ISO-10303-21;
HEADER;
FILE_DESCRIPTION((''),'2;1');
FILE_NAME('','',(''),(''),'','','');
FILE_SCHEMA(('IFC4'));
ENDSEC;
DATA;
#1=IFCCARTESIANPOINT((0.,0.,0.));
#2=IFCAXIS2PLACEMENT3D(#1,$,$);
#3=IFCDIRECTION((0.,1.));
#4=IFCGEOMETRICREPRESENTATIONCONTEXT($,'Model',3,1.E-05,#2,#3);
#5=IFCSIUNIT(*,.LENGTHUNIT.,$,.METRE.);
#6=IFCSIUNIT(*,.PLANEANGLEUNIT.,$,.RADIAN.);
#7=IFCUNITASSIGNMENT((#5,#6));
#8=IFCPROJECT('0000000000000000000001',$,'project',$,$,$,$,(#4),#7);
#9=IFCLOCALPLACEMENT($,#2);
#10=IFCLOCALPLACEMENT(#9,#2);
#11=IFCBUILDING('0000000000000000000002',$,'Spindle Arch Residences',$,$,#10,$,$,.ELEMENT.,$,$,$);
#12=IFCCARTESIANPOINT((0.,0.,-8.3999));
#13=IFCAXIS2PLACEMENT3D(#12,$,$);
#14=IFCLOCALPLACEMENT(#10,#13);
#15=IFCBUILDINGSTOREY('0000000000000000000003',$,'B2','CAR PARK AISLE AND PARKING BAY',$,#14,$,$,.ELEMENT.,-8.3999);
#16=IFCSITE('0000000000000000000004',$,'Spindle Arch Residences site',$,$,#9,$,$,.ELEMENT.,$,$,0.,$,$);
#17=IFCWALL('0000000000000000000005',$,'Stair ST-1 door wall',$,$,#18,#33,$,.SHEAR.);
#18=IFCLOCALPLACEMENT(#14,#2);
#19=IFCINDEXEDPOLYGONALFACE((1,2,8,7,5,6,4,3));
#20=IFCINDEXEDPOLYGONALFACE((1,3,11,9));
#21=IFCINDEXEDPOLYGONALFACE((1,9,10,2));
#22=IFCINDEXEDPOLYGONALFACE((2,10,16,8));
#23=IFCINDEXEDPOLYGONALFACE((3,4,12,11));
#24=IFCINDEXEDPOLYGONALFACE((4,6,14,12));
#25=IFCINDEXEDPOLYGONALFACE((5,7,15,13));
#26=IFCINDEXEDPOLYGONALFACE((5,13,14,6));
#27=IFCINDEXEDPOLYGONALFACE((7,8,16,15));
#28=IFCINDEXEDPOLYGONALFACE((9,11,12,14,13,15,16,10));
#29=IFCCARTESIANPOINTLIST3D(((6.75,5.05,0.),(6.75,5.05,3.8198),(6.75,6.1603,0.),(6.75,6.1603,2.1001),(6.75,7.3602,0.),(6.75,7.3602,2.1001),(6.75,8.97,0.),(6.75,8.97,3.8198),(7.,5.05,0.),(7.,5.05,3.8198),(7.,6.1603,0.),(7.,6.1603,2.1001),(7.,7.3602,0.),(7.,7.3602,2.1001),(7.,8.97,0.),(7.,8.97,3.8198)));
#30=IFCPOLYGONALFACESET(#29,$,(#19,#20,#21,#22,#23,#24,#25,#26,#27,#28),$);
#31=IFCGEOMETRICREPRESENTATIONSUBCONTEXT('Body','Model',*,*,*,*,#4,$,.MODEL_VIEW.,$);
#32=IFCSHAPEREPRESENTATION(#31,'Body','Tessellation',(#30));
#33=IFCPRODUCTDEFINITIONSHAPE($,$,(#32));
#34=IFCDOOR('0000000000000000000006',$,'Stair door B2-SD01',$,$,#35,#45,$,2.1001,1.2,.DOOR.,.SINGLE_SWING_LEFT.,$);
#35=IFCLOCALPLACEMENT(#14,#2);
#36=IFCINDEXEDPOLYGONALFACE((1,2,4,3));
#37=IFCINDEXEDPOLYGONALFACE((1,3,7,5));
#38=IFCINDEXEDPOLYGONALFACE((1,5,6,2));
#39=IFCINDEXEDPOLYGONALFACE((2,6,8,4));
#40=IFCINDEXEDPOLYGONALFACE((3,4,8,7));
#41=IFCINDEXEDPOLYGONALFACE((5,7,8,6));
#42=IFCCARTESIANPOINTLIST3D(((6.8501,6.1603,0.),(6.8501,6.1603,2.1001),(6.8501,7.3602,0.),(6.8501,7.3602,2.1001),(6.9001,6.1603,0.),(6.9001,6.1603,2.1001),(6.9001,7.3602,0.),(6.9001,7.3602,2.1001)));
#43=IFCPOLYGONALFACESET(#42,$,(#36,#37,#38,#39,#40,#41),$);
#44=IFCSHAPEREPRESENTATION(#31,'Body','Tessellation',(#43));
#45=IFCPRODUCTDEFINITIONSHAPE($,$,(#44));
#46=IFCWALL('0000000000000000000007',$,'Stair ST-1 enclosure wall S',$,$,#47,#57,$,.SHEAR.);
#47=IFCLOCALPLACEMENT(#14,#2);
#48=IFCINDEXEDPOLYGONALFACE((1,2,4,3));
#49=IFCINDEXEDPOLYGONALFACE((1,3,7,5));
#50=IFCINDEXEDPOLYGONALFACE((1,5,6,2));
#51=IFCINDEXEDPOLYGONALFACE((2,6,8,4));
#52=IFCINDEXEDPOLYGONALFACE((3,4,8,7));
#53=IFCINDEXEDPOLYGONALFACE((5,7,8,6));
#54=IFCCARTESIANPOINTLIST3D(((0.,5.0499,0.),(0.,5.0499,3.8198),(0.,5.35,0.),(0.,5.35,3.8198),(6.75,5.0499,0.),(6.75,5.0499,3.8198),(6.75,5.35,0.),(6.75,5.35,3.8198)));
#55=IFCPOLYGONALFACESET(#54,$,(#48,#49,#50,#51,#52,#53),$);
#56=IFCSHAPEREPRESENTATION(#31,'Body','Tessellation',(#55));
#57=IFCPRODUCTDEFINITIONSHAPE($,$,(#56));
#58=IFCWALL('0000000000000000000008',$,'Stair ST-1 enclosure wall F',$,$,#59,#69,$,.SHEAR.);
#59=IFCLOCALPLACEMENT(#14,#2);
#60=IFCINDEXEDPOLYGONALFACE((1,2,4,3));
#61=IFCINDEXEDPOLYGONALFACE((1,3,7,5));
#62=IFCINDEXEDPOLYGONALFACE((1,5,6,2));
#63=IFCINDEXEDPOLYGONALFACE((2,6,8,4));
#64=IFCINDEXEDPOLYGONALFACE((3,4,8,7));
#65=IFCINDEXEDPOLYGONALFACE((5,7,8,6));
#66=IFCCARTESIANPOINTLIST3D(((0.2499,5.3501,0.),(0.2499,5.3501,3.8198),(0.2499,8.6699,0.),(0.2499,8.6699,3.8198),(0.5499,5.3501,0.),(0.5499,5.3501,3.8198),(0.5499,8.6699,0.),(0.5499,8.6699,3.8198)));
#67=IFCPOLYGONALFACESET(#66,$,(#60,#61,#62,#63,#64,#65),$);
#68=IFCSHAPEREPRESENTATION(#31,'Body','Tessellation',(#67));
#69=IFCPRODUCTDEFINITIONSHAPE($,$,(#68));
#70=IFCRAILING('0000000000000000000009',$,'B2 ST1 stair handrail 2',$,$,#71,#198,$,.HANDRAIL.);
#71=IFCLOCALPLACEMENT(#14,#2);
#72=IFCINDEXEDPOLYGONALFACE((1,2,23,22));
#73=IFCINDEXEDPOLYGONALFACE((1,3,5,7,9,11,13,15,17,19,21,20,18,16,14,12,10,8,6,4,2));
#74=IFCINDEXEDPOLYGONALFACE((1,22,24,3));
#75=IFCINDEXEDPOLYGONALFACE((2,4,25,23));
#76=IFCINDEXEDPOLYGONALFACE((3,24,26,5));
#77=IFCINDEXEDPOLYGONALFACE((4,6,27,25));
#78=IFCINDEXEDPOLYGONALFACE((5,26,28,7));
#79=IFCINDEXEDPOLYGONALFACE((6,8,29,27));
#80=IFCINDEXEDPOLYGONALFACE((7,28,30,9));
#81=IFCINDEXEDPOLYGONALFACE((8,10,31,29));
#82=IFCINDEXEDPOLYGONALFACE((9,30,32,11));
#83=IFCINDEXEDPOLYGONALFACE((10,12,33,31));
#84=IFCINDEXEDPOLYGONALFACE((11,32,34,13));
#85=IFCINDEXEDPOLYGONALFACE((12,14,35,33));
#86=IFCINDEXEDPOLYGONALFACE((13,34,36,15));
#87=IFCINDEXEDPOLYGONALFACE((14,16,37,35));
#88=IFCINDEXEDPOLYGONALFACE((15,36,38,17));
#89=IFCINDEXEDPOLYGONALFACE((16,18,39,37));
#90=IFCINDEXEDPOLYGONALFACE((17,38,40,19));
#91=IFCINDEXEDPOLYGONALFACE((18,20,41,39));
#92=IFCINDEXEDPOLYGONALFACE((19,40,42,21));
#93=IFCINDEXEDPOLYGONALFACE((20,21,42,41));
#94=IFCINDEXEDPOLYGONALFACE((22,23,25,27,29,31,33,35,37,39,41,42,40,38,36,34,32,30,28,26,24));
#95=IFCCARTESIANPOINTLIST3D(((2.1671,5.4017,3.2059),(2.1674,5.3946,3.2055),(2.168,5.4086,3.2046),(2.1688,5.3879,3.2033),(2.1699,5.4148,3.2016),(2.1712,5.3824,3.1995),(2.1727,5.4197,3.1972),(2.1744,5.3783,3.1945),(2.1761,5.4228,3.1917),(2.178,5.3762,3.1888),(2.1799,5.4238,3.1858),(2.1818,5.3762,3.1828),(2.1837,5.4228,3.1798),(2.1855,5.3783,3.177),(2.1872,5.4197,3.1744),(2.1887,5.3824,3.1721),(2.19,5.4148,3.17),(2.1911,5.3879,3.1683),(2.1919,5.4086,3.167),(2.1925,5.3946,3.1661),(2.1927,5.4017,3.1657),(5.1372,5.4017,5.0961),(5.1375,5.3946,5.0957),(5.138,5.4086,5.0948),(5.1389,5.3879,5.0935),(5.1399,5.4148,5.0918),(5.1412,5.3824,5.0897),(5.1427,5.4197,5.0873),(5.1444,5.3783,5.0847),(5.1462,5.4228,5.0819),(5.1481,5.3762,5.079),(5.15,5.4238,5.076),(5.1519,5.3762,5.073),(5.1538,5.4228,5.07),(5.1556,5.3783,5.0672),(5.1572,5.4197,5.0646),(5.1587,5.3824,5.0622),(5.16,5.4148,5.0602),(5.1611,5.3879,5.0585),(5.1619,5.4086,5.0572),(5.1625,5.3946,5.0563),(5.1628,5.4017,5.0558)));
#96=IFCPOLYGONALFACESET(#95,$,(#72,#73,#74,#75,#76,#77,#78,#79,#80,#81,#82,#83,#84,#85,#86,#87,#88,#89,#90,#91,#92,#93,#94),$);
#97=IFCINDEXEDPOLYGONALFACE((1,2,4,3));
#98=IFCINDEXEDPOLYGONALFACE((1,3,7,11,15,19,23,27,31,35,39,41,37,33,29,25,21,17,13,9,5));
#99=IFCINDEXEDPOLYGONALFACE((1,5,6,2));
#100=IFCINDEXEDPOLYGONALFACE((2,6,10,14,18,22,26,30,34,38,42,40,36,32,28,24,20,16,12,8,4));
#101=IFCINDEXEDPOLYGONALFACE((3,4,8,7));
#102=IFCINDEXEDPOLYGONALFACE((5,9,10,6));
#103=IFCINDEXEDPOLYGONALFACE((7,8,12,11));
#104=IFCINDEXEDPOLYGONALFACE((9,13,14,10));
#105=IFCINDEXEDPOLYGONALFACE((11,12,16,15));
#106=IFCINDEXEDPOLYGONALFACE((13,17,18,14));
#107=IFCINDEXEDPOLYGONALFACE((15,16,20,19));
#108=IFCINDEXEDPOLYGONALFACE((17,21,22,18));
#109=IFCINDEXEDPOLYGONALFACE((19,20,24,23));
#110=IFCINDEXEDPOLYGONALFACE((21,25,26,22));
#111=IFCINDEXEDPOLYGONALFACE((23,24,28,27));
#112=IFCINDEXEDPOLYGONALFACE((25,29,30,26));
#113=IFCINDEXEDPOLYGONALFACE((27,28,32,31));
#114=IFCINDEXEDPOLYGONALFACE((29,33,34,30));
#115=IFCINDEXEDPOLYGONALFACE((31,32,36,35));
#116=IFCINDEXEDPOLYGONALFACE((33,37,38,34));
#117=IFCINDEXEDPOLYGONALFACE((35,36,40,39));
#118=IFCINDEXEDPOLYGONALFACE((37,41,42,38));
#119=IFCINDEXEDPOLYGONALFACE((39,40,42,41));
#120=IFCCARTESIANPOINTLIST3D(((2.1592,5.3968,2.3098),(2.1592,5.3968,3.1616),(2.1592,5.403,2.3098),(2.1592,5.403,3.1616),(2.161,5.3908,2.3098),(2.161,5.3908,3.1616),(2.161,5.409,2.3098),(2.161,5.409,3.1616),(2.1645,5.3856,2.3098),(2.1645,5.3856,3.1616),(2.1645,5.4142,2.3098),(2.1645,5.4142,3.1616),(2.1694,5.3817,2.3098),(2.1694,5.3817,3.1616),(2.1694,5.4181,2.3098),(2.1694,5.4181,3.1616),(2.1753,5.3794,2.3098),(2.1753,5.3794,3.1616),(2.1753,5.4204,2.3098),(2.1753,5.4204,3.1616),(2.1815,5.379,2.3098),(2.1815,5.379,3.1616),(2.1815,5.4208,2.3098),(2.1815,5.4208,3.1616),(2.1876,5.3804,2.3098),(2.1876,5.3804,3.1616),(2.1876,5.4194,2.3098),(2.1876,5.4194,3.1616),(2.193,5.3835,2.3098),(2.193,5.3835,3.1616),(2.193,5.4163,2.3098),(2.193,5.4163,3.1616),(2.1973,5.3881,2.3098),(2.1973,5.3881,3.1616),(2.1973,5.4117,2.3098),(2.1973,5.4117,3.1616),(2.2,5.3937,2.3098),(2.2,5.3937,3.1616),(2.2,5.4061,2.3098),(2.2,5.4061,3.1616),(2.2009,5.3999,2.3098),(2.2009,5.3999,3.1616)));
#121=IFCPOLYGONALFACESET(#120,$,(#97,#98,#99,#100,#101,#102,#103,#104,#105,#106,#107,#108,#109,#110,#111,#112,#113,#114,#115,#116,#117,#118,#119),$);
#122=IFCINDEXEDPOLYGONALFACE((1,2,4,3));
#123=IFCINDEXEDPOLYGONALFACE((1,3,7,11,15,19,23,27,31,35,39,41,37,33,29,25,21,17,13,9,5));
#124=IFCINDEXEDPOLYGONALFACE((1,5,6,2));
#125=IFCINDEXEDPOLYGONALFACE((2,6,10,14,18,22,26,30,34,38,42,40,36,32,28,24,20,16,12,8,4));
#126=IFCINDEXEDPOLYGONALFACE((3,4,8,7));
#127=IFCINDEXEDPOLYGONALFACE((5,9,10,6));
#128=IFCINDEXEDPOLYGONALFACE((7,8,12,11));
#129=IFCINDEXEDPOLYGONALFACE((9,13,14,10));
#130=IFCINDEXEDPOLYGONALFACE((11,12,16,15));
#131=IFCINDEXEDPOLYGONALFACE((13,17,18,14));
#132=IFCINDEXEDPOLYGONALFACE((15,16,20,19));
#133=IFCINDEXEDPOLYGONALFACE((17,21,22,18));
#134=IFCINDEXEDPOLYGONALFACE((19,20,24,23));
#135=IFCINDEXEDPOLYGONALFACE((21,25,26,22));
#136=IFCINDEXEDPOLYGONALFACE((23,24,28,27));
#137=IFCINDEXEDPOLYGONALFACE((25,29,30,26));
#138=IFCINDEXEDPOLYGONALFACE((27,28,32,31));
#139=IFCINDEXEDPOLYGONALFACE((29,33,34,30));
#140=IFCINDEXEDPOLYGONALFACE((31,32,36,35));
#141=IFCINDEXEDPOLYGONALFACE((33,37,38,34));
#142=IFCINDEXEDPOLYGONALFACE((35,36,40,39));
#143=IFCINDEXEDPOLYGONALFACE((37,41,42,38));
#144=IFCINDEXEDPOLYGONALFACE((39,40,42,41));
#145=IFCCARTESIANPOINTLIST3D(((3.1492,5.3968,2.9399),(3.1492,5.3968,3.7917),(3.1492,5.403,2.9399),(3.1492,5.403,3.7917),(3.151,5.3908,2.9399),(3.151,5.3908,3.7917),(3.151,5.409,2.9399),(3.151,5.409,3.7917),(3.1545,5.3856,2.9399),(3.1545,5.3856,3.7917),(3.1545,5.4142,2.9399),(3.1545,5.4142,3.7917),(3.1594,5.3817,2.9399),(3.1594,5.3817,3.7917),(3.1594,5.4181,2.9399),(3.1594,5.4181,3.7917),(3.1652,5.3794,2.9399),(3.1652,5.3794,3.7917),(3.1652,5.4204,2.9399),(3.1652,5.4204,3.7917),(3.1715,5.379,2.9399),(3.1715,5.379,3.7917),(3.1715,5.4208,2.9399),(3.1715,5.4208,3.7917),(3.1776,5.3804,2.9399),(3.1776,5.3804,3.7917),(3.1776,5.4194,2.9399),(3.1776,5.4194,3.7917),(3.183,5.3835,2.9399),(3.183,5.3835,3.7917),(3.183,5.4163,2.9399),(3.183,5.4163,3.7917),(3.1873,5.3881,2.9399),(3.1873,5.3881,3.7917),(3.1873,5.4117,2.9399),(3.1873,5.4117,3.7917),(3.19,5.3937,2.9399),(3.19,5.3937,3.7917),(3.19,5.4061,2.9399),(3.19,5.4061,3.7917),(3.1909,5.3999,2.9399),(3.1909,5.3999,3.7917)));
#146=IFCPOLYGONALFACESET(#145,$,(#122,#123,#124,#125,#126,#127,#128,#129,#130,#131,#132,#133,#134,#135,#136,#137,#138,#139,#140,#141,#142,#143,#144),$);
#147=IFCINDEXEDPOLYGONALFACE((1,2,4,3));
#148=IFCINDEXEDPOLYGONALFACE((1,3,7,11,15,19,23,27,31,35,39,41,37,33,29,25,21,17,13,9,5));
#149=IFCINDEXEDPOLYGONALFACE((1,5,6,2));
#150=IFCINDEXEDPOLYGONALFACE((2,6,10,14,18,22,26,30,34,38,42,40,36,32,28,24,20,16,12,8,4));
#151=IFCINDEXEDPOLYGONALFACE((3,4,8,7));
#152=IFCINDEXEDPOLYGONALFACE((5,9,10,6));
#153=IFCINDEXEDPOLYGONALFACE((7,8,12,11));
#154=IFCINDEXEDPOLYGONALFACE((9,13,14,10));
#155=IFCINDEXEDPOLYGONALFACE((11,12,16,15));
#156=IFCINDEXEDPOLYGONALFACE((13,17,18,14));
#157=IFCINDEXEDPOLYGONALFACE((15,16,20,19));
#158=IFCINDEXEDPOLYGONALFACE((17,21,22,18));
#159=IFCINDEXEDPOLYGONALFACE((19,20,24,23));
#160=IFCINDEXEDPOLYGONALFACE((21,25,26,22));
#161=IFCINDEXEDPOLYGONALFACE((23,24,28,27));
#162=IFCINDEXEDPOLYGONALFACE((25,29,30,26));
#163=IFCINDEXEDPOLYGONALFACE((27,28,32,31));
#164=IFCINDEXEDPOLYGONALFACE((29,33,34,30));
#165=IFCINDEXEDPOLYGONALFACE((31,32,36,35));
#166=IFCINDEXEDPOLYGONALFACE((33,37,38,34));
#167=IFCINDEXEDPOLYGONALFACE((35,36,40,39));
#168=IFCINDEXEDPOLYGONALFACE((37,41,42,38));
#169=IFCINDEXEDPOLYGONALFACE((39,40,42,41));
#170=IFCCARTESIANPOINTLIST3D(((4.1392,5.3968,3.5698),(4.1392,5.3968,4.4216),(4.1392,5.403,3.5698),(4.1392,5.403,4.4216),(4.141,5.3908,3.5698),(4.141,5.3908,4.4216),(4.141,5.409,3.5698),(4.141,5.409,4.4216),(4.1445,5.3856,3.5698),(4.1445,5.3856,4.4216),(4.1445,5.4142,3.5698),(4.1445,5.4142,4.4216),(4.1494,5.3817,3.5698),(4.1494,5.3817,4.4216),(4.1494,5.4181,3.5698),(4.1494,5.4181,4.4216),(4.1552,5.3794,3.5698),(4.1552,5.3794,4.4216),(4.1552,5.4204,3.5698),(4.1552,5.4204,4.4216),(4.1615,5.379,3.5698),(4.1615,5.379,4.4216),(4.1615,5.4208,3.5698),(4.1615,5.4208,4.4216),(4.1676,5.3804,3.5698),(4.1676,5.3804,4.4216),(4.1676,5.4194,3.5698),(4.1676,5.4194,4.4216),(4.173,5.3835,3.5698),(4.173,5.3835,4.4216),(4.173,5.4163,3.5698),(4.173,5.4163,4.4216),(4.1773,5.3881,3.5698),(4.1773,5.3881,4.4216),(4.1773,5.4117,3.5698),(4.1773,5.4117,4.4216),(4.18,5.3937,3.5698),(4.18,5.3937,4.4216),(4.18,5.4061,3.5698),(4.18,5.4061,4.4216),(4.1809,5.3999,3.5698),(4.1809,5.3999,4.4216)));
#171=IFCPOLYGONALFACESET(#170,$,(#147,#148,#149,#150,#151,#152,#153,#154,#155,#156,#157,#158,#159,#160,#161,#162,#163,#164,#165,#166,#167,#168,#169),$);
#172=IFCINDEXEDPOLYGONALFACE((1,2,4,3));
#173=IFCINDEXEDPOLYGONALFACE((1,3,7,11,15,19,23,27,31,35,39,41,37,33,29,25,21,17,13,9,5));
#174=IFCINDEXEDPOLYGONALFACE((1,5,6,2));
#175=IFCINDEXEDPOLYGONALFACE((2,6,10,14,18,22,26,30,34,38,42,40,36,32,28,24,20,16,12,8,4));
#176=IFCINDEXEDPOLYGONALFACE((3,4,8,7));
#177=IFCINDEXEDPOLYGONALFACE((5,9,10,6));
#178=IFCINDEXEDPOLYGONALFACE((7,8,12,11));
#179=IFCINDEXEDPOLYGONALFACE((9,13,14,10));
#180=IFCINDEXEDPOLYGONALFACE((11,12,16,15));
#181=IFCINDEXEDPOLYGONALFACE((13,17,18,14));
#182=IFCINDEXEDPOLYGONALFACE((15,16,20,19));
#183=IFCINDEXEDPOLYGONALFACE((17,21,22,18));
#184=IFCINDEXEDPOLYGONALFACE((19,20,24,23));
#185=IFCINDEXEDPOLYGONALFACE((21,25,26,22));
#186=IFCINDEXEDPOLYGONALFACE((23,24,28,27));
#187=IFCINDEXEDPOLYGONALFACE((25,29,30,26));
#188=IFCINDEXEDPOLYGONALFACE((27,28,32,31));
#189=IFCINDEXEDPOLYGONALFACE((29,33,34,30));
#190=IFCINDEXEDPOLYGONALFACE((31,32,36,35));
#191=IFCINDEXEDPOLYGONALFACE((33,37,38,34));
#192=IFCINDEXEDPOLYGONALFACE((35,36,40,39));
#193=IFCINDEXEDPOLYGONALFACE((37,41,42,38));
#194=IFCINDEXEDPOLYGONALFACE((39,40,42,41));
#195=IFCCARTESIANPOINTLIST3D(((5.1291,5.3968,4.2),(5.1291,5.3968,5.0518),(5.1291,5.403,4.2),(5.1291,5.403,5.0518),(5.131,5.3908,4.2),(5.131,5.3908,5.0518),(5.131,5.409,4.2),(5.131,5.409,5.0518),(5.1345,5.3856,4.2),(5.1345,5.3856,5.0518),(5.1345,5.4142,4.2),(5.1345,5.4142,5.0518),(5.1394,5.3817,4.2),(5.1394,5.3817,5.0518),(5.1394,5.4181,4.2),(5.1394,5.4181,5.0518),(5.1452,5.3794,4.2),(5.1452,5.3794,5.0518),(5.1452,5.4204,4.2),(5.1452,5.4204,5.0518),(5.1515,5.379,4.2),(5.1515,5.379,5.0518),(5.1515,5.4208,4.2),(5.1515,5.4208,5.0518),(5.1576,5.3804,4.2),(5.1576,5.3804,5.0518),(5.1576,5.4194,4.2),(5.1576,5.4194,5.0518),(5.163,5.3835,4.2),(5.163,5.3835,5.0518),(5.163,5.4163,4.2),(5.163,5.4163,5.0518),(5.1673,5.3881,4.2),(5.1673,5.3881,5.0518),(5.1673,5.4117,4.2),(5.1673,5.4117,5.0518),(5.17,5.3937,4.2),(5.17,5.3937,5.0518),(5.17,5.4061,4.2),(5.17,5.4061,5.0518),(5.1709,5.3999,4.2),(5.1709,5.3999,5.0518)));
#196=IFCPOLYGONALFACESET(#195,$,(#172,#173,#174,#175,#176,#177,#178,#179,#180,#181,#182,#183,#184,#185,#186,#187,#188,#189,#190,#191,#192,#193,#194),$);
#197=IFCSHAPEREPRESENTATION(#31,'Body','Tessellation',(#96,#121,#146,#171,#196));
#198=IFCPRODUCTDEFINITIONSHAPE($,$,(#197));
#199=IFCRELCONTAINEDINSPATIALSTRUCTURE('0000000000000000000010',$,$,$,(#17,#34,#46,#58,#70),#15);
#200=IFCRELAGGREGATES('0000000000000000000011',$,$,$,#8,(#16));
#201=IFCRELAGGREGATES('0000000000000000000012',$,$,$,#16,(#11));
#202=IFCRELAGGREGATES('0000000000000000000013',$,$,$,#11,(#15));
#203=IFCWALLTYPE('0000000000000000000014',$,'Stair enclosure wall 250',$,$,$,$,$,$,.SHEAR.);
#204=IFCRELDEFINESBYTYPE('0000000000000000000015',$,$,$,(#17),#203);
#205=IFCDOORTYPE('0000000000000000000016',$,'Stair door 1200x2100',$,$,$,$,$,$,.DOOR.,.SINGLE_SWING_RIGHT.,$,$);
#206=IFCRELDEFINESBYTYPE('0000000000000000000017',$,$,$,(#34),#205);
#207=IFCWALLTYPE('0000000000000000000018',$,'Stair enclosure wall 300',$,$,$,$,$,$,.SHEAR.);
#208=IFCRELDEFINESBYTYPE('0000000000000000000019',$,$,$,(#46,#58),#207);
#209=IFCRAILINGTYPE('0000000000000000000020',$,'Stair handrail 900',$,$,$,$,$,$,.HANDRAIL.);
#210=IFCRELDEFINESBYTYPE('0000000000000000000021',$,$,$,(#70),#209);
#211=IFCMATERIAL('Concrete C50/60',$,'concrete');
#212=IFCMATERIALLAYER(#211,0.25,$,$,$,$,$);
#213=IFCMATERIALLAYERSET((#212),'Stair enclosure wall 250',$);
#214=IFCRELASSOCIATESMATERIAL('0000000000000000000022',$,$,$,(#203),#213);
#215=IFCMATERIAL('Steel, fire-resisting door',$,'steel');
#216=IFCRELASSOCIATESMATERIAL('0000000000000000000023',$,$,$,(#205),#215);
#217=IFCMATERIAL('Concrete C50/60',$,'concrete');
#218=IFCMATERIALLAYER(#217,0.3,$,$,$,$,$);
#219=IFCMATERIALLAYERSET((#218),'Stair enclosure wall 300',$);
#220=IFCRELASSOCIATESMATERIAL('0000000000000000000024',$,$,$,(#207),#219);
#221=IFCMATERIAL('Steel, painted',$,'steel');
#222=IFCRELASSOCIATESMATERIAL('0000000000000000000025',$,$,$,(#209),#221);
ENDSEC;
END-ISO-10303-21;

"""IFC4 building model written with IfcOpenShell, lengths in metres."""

from ifc_helpers import new_model, si_unit, direction, frame, frame_2d, origin, origin_2d, place, context, subcontext, project, spatial, rectangle, circle, extrude, material, layer, layer_set, type_object, element, fill, save


model = new_model("IFC4")

# Units and contexts
model_context = context("Model", 3, precision=1e-05, world=origin(), true_north=direction((0.0, 1.0)))
body_context = subcontext(model_context, "Body", "Model", "MODEL_VIEW")
ifc_project = project(units=[si_unit("LENGTHUNIT", "METRE"), si_unit("PLANEANGLEUNIT", "RADIAN")], contexts=[model_context])

# Site, building, storey
site_placement = place(None, origin())
site = spatial("IfcSite", under=ifc_project, at=site_placement, Name="Spindle Arch Residences site", CompositionType="ELEMENT", RefElevation=0.0)
building_placement = place(site_placement, origin())
building = spatial("IfcBuilding", under=site, at=building_placement, Name="Spindle Arch Residences", CompositionType="ELEMENT")
storey_placement = place(building_placement, frame((0.0, 0.0, -8.3999)))
storey = spatial("IfcBuildingStorey", under=building, at=storey_placement, Name="B2", Description="CAR PARK AISLE AND PARKING BAY", CompositionType="ELEMENT", Elevation=-8.3999)

# Wall, opening, door
ifc_material_1 = material(Name="Concrete C50/60", Category="concrete")
ifc_layer_1 = layer(ifc_material_1, 0.25)
ifc_layer_set_1 = layer_set([ifc_layer_1], Name="Stair enclosure wall 250")
wall_type_1 = type_object("IfcWallType", Name="Stair enclosure wall 250", PredefinedType="SHEAR", material=ifc_layer_set_1)
wall_1_placement = place(storey_placement, frame((6.875, 5.05, 0.0), z_axis=(0.0, 0.0, 1.0), x_axis=(0.0, 1.0, 0.0)))
wall_1 = element("IfcWall", 1, at=wall_1_placement, inside=storey, type_object=wall_type_1, Name="Stair ST-1 door wall", PredefinedType="SHEAR", context=body_context, shape_type="SweptSolid", body=[
    extrude(rectangle(XDim=3.9199, YDim=0.25, at=frame_2d((1.96, 0.0))), origin(), (0.0, 0.0, 1.0), 3.8198),
])
opening_1_placement = place(wall_1_placement, frame((1.1101, 0.0, 0.0)))
opening_1 = element("IfcOpeningElement", 2, at=opening_1_placement, cuts=wall_1, PredefinedType="OPENING", context=body_context, shape_type="SweptSolid", body=[
    extrude(rectangle(XDim=1.2, YDim=2.1001, at=frame_2d((0.6001, 1.05))), frame((0.0, 0.135, 0.0), z_axis=(0.0, -1.0, 0.0), x_axis=(1.0, 0.0, 0.0)), (0.0, 0.0, 1.0), 0.27),
])
ifc_material_2 = material(Name="Steel, fire-resisting door", Category="steel")
door_type_1 = type_object("IfcDoorType", Name="Stair door 1200x2100", OperationType="SINGLE_SWING_RIGHT", PredefinedType="DOOR", material=ifc_material_2)
door_1_placement = place(opening_1_placement, origin())
door_1 = element("IfcDoor", 3, at=door_1_placement, inside=storey, type_object=door_type_1, Name="Stair door B2-SD01", OperationType="SINGLE_SWING_LEFT", OverallHeight=2.1001, OverallWidth=1.2, PredefinedType="DOOR", context=body_context, shape_type="SweptSolid", body=[
    extrude(rectangle(XDim=1.2, YDim=2.1001, at=frame_2d((0.6001, 1.05))), frame((0.0, 0.0249, 0.0), z_axis=(0.0, -1.0, 0.0), x_axis=(1.0, 0.0, 0.0)), (0.0, 0.0, 1.0), 0.05),
])
fill(opening_1, door_1)

# Walls
ifc_material_3 = material(Name="Concrete C50/60", Category="concrete")
ifc_layer_2 = layer(ifc_material_3, 0.3)
ifc_layer_set_2 = layer_set([ifc_layer_2], Name="Stair enclosure wall 300")
wall_type_2 = type_object("IfcWallType", Name="Stair enclosure wall 300", PredefinedType="SHEAR", material=ifc_layer_set_2)
wall_2_placement = place(storey_placement, frame((0.0, 5.2, 0.0), z_axis=(0.0, 0.0, 1.0), x_axis=(1.0, 0.0, 0.0)))
element("IfcWall", 4, at=wall_2_placement, inside=storey, type_object=wall_type_2, Name="Stair ST-1 enclosure wall S", PredefinedType="SHEAR", context=body_context, shape_type="SweptSolid", body=[
    extrude(rectangle(XDim=6.75, YDim=0.3, at=frame_2d((3.375, 0.0))), origin(), (0.0, 0.0, 1.0), 3.8198),
])
wall_3_placement = place(storey_placement, frame((0.3999, 5.3501, 0.0), z_axis=(0.0, 0.0, 1.0), x_axis=(0.0, 1.0, 0.0)))
element("IfcWall", 5, at=wall_3_placement, inside=storey, type_object=wall_type_2, Name="Stair ST-1 enclosure wall F", PredefinedType="SHEAR", context=body_context, shape_type="SweptSolid", body=[
    extrude(rectangle(XDim=3.3198, YDim=0.3, at=frame_2d((1.6599, 0.0))), origin(), (0.0, 0.0, 1.0), 3.8198),
])

# Railing
ifc_material_4 = material(Name="Steel, painted", Category="steel")
railing_type = type_object("IfcRailingType", Name="Stair handrail 900", PredefinedType="HANDRAIL", material=ifc_material_4)
railing_placement = place(storey_placement, frame((2.1799, 5.3999, 2.3098)))
element("IfcRailing", 6, at=railing_placement, inside=storey, type_object=railing_type, Name="B2 ST1 stair handrail 2", PredefinedType="HANDRAIL", context=body_context, shape_type="SweptSolid", body=[
    extrude(circle(Radius=0.0239, at=origin_2d()), frame((0.0, 0.0, 0.876), z_axis=(0.843641, 0.0, 0.536907), x_axis=(0.0, 1.0, 0.0)), (0.0, 0.0, 1.0), 3.5205),
    extrude(circle(Radius=0.021, at=origin_2d()), origin(), (0.0, 0.0, 1.0), 0.8518),
    extrude(circle(Radius=0.021, at=origin_2d()), frame((0.99, 0.0, 0.6301)), (0.0, 0.0, 1.0), 0.8518),
    extrude(circle(Radius=0.021, at=origin_2d()), frame((1.98, 0.0, 1.26)), (0.0, 0.0, 1.0), 0.8518),
    extrude(circle(Radius=0.021, at=origin_2d()), frame((2.97, 0.0, 1.8901)), (0.0, 0.0, 1.0), 0.8518),
])

save(model, "model.ifc")
